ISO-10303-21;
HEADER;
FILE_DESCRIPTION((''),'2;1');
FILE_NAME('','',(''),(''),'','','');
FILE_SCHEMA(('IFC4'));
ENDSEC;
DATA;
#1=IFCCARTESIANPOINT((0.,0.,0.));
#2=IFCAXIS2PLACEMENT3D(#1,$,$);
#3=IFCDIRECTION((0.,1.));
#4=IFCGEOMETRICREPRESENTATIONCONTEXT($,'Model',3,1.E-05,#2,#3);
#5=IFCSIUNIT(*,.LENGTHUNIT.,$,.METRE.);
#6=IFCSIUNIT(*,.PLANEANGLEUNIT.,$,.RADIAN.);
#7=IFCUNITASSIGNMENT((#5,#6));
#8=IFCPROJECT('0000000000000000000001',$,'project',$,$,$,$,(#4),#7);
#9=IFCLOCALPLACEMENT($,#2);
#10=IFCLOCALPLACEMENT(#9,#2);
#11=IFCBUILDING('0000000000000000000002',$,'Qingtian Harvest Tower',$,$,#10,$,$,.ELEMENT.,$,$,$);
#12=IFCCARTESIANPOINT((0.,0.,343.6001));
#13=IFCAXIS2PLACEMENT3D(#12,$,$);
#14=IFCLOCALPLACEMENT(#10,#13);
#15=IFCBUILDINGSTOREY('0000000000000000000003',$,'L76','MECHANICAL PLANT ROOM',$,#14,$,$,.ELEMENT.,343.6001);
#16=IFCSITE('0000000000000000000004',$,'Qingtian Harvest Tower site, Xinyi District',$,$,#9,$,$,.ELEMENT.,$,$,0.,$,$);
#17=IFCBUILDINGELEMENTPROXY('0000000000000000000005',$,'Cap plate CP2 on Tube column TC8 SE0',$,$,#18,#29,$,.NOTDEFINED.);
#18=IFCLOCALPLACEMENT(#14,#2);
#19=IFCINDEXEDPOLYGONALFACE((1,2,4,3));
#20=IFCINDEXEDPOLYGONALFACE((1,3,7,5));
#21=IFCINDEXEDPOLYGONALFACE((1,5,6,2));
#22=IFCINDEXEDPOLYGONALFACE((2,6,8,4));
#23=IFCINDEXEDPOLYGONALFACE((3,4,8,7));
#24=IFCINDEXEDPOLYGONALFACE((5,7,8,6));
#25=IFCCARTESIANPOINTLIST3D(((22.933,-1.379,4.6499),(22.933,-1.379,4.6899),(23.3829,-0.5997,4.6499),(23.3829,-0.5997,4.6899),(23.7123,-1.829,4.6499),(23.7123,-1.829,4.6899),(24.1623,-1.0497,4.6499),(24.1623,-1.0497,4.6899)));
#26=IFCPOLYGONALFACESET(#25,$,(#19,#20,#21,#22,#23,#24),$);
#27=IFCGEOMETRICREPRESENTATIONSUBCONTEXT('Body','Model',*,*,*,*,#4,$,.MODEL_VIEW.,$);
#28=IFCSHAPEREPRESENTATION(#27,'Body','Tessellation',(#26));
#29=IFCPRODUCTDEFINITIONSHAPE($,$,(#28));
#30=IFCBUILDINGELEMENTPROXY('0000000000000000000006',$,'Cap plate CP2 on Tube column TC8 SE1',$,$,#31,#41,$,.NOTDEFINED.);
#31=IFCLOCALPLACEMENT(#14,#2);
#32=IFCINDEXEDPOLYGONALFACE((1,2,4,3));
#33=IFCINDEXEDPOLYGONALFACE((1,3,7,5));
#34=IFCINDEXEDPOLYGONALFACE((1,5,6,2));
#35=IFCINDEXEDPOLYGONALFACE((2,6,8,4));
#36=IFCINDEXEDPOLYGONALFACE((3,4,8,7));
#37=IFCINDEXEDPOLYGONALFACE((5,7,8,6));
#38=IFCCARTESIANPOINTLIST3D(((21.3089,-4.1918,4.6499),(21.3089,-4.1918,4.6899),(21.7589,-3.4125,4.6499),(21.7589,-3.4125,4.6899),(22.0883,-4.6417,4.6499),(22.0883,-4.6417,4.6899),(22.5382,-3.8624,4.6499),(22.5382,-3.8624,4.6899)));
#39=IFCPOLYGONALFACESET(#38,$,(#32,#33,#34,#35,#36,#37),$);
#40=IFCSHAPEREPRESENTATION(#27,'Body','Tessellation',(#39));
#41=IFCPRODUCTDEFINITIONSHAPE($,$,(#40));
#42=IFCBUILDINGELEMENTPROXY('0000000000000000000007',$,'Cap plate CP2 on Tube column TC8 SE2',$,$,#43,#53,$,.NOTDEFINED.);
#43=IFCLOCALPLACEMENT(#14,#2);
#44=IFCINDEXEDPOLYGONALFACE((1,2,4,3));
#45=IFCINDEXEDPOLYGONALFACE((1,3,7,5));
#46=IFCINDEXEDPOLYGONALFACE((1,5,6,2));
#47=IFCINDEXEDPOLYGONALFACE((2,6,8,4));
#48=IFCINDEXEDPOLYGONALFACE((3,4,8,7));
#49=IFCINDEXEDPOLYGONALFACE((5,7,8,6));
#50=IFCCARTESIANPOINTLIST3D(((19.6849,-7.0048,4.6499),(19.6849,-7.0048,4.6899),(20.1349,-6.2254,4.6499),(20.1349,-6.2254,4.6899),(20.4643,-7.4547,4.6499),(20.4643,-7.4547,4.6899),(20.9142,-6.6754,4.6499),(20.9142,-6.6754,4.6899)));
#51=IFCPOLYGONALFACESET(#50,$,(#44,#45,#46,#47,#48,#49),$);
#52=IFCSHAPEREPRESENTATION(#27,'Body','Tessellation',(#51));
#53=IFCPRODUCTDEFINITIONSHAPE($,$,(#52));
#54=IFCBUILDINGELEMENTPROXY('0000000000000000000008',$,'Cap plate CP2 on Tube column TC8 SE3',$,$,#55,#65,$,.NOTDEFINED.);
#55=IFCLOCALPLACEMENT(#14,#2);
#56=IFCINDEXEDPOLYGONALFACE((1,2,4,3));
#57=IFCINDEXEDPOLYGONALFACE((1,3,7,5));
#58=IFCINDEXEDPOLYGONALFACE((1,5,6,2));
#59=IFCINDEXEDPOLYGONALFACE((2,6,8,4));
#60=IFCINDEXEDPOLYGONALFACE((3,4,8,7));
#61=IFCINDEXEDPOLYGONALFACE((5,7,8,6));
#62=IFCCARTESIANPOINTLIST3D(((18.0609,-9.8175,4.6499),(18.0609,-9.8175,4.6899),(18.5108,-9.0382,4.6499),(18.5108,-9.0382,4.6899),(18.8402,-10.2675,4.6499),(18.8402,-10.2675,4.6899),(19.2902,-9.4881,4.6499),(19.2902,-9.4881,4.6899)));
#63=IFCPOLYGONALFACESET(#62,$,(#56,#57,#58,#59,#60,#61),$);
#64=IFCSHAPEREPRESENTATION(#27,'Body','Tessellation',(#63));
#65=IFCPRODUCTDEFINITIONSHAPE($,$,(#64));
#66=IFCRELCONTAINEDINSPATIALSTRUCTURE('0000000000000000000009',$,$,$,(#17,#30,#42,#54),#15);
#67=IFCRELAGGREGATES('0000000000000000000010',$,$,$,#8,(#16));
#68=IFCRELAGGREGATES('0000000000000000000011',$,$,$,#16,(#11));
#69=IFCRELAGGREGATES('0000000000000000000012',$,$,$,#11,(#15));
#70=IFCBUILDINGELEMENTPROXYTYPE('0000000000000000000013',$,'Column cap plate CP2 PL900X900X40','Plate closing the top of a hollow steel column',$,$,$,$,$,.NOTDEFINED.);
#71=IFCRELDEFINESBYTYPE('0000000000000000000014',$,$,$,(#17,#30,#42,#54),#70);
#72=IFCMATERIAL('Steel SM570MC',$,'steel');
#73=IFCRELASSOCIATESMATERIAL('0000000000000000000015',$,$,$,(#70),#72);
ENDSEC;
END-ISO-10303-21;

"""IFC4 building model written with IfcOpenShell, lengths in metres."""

from ifc_helpers import new_model, si_unit, direction, frame, origin, origin_2d, place, context, subcontext, project, spatial, rectangle, extrude, material, material_profile, profile_set, type_object, element, save


model = new_model("IFC4")

# Units and contexts
model_context = context("Model", 3, precision=1e-05, world=origin(), true_north=direction((0.0, 1.0)))
body_context = subcontext(model_context, "Body", "Model", "MODEL_VIEW")
ifc_project = project(units=[si_unit("LENGTHUNIT", "METRE"), si_unit("PLANEANGLEUNIT", "RADIAN")], contexts=[model_context])

# Site, building, storey
site_placement = place(None, origin())
site = spatial("IfcSite", under=ifc_project, at=site_placement, Name="Qingtian Harvest Tower site, Xinyi District", CompositionType="ELEMENT", RefElevation=0.0)
building_placement = place(site_placement, origin())
building = spatial("IfcBuilding", under=site, at=building_placement, Name="Qingtian Harvest Tower", CompositionType="ELEMENT")
storey_placement = place(building_placement, frame((0.0, 0.0, 343.6001)))
storey = spatial("IfcBuildingStorey", under=building, at=storey_placement, Name="L76", Description="MECHANICAL PLANT ROOM", CompositionType="ELEMENT", Elevation=343.6001)

# Building element proxies
ifc_material_1 = material(Name="Steel SM570MC", Category="steel")
ifc_material_profile_1 = material_profile(ifc_material_1, rectangle(XDim=0.8999, YDim=0.8999, at=origin_2d()), Name="PL900X900X40")
ifc_profile_set_1 = profile_set([ifc_material_profile_1], Name="Steel SM570MC")
building_element_proxy_type = type_object("IfcBuildingElementProxyType", Name="Column cap plate CP2 PL900X900X40", Description="Plate closing the top of a hollow steel column", PredefinedType="NOTDEFINED", material=ifc_profile_set_1)
for number, where, z_axis, x_axis, name in (
    (1, (23.5476, -1.2144, 4.6499), (0.0, 0.0, 1.0), (0.5, 0.866025, 0.0), "Cap plate CP2 on Tube column TC8 SE0"),
    (2, (21.9236, -4.0271, 4.6499), (0.0, 0.0, 1.0), (0.5, 0.866025, 0.0), "Cap plate CP2 on Tube column TC8 SE1"),
    (3, (20.2996, -6.8401, 4.6499), (0.0, 0.0, 1.0), (0.5, 0.866025, 0.0), "Cap plate CP2 on Tube column TC8 SE2"),
    (4, (18.6755, -9.6528, 4.6499), (0.0, 0.0, 1.0), (0.5, 0.866025, 0.0), "Cap plate CP2 on Tube column TC8 SE3"),
):
    element("IfcBuildingElementProxy", number, at=place(storey_placement, frame(where, z_axis=z_axis, x_axis=x_axis)), inside=storey, type_object=building_element_proxy_type, Name=name, PredefinedType="NOTDEFINED", context=body_context, shape_type="SweptSolid", body=[
        extrude(rectangle(XDim=0.8999, YDim=0.8999, at=origin_2d()), origin(), (0.0, 0.0, 1.0), 0.04),
    ])

save(model, "model.ifc")
